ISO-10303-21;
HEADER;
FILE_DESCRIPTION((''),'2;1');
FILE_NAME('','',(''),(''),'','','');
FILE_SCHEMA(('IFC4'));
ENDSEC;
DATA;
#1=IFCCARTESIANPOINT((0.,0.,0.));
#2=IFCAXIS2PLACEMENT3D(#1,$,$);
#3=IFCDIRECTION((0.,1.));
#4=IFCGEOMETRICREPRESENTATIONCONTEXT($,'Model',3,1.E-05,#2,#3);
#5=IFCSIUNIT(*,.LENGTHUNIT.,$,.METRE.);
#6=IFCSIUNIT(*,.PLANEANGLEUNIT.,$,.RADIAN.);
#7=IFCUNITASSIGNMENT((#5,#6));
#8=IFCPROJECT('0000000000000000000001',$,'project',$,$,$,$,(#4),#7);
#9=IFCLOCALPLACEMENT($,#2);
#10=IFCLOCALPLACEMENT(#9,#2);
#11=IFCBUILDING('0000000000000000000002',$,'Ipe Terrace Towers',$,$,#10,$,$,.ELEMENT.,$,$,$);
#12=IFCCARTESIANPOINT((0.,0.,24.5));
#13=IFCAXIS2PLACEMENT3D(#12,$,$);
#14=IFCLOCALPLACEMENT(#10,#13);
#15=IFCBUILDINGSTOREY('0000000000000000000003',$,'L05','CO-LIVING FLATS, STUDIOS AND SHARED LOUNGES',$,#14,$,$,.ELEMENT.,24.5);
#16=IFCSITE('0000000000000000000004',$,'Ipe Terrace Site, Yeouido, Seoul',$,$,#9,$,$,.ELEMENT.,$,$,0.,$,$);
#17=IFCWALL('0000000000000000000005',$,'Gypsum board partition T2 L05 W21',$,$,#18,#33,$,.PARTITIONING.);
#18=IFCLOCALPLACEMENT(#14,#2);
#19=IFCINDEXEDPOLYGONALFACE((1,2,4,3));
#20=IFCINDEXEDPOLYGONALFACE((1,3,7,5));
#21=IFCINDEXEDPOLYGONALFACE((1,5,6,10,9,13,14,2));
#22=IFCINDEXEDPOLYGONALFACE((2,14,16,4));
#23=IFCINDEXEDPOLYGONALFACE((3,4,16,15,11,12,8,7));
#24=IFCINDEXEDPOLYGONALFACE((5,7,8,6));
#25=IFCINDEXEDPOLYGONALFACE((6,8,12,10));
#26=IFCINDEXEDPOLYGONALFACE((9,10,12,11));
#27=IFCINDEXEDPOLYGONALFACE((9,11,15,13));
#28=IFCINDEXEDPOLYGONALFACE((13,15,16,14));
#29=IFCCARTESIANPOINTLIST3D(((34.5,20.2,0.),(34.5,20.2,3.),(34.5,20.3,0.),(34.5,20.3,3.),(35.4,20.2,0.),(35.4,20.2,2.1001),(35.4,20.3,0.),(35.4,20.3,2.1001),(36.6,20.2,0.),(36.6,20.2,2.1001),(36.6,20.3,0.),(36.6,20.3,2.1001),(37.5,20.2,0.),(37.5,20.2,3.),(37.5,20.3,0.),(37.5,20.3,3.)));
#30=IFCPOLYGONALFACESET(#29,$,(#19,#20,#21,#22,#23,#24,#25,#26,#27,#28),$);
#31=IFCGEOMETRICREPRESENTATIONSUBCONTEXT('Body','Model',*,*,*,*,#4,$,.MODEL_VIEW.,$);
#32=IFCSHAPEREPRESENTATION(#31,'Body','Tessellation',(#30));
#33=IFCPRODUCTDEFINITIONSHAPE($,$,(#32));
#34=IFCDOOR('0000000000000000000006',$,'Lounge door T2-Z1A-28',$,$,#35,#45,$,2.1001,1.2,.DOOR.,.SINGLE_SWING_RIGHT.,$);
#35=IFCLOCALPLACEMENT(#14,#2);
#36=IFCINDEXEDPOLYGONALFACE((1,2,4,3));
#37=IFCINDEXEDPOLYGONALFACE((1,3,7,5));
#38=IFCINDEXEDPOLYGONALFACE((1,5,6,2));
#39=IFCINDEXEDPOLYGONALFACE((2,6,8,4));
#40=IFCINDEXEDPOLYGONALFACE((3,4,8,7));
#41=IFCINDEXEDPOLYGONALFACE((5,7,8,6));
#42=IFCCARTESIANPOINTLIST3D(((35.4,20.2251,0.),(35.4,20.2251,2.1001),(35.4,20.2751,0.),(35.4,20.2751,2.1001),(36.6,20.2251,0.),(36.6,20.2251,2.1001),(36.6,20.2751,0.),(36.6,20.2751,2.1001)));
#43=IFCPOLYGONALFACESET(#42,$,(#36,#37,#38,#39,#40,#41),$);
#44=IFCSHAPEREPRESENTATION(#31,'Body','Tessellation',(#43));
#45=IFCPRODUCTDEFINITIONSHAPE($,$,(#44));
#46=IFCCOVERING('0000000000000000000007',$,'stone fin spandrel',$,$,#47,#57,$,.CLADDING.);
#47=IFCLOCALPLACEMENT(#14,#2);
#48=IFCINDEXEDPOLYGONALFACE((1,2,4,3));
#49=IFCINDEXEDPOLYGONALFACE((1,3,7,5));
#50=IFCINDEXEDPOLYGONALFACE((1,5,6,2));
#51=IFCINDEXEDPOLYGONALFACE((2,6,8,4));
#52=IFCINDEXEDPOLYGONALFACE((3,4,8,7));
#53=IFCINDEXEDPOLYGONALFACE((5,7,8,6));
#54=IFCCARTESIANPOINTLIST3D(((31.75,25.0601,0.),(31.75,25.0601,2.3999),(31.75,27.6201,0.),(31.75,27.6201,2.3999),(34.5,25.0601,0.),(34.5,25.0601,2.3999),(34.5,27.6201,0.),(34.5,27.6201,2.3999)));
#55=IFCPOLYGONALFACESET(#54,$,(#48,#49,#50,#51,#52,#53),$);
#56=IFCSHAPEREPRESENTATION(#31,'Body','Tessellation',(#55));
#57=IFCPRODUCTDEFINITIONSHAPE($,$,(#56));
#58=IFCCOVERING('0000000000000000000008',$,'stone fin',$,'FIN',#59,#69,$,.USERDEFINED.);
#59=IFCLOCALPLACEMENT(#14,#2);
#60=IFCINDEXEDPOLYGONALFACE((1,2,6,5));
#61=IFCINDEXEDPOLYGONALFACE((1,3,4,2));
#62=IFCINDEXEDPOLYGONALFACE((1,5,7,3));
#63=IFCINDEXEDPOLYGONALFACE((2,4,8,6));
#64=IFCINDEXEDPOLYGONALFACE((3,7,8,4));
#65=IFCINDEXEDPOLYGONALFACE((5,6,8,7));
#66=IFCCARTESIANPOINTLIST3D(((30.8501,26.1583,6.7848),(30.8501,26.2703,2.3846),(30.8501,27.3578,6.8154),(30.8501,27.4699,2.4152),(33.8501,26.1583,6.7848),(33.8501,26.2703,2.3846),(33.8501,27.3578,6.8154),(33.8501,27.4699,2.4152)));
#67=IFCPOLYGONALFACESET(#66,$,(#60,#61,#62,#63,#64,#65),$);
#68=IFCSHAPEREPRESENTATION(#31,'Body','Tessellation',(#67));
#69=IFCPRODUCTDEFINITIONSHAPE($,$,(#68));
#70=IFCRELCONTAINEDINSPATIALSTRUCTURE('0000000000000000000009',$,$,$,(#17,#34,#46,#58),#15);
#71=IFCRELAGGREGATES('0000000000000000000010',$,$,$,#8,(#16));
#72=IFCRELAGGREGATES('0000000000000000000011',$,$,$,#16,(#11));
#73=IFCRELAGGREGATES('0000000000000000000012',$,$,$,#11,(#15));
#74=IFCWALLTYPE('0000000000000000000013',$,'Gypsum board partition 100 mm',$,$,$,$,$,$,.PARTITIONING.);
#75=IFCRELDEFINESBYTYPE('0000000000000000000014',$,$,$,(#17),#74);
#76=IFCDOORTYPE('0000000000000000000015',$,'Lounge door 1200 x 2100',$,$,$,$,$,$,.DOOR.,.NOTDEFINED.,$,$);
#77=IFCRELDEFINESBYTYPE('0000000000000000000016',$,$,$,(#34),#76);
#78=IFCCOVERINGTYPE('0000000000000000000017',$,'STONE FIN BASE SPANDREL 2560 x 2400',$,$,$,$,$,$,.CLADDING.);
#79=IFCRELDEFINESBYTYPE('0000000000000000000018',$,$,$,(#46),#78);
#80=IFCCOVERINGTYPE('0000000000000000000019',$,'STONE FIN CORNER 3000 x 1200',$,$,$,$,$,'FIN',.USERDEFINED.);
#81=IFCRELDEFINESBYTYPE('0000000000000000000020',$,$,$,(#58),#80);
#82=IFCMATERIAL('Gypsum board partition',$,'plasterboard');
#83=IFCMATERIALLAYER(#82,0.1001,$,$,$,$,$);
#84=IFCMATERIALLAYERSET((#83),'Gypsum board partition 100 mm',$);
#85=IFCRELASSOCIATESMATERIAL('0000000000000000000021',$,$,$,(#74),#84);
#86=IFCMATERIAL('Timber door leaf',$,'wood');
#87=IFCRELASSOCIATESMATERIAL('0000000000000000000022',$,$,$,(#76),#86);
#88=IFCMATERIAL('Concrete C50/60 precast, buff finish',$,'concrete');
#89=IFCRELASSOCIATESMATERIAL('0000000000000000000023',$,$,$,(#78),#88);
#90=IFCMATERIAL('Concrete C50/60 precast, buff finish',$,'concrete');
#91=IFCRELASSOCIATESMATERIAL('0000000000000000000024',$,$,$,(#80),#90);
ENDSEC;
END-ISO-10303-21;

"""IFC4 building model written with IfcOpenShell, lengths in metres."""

from ifc_helpers import new_model, si_unit, direction, frame, frame_2d, origin, origin_2d, place, context, subcontext, project, spatial, rectangle, extrude, material, layer, layer_set, material_profile, profile_set, type_object, element, fill, save


model = new_model("IFC4")

# Units and contexts
model_context = context("Model", 3, precision=1e-05, world=origin(), true_north=direction((0.0, 1.0)))
body_context = subcontext(model_context, "Body", "Model", "MODEL_VIEW")
ifc_project = project(units=[si_unit("LENGTHUNIT", "METRE"), si_unit("PLANEANGLEUNIT", "RADIAN")], contexts=[model_context])

# Site, building, storey
site_placement = place(None, origin())
site = spatial("IfcSite", under=ifc_project, at=site_placement, Name="Ipe Terrace Site, Yeouido, Seoul", CompositionType="ELEMENT", RefElevation=0.0)
building_placement = place(site_placement, origin())
building = spatial("IfcBuilding", under=site, at=building_placement, Name="Ipe Terrace Towers", CompositionType="ELEMENT")
storey_placement = place(building_placement, frame((0.0, 0.0, 24.5)))
storey = spatial("IfcBuildingStorey", under=building, at=storey_placement, Name="L05", Description="CO-LIVING FLATS, STUDIOS AND SHARED LOUNGES", CompositionType="ELEMENT", Elevation=24.5)

# Wall, opening, door
ifc_material_1 = material(Name="Gypsum board partition", Category="plasterboard")
ifc_layer_1 = layer(ifc_material_1, 0.1001)
ifc_layer_set_1 = layer_set([ifc_layer_1], Name="Gypsum board partition 100 mm")
wall_type_1 = type_object("IfcWallType", Name="Gypsum board partition 100 mm", PredefinedType="PARTITIONING", material=ifc_layer_set_1)
wall_1_placement = place(storey_placement, frame((37.5, 20.25, 0.0), z_axis=(0.0, 0.0, 1.0), x_axis=(-1.0, 0.0, 0.0)))
wall_1 = element("IfcWall", 1, at=wall_1_placement, inside=storey, type_object=wall_type_1, Name="Gypsum board partition T2 L05 W21", PredefinedType="PARTITIONING", context=body_context, shape_type="SweptSolid", body=[
    extrude(rectangle(XDim=3.0, YDim=0.1001, at=frame_2d((1.5, 0.0))), origin(), (0.0, 0.0, 1.0), 3.0),
])
opening_1_placement = place(wall_1_placement, frame((0.8999, 0.0, 0.0)))
opening_1 = element("IfcOpeningElement", 2, at=opening_1_placement, cuts=wall_1, PredefinedType="OPENING", context=body_context, shape_type="SweptSolid", body=[
    extrude(rectangle(XDim=1.2, YDim=2.1001, at=frame_2d((0.6001, 1.05))), frame((0.0, 0.0601, 0.0), z_axis=(0.0, -1.0, 0.0), x_axis=(1.0, 0.0, 0.0)), (0.0, 0.0, 1.0), 0.1201),
])
ifc_material_2 = material(Name="Timber door leaf", Category="wood")
door_type_1 = type_object("IfcDoorType", Name="Lounge door 1200 x 2100", OperationType="NOTDEFINED", PredefinedType="DOOR", material=ifc_material_2)
door_1_placement = place(opening_1_placement, origin())
door_1 = element("IfcDoor", 3, at=door_1_placement, inside=storey, type_object=door_type_1, Name="Lounge door T2-Z1A-28", OperationType="SINGLE_SWING_RIGHT", OverallHeight=2.1001, OverallWidth=1.2, PredefinedType="DOOR", context=body_context, shape_type="SweptSolid", body=[
    extrude(rectangle(XDim=1.2, YDim=2.1001, at=frame_2d((0.6001, 1.05))), frame((0.0, 0.0249, 0.0), z_axis=(0.0, -1.0, 0.0), x_axis=(1.0, 0.0, 0.0)), (0.0, 0.0, 1.0), 0.05),
])
fill(opening_1, door_1)

# Coverings
ifc_material_3 = material(Name="Concrete C50/60 precast, buff finish", Category="concrete")
ifc_material_profile_1 = material_profile(ifc_material_3, rectangle(XDim=2.5601, YDim=2.3999, at=origin_2d()), Name="STONE FIN BASE SPANDREL 2560 x 2400")
ifc_profile_set_1 = profile_set([ifc_material_profile_1], Name="Concrete C50/60 precast, buff finish")
covering_type_1 = type_object("IfcCoveringType", Name="STONE FIN BASE SPANDREL 2560 x 2400", PredefinedType="CLADDING", material=ifc_profile_set_1)
covering_1_placement = place(storey_placement, frame((34.5, 26.3401, 1.2), z_axis=(-1.0, 0.0, 0.0), x_axis=(0.0, 1.0, 0.0)))
element("IfcCovering", 4, at=covering_1_placement, inside=storey, type_object=covering_type_1, Name="stone fin spandrel", PredefinedType="CLADDING", context=body_context, shape_type="SweptSolid", body=[
    extrude(rectangle(XDim=2.5601, YDim=2.3999, at=origin_2d()), origin(), (0.0, 0.0, 1.0), 2.75),
])
ifc_material_4 = material(Name="Concrete C50/60 precast, buff finish", Category="concrete")
ifc_material_profile_2 = material_profile(ifc_material_4, rectangle(XDim=3.0, YDim=1.2, at=origin_2d()), Name="STONE FIN CORNER 3000 x 1200")
ifc_profile_set_2 = profile_set([ifc_material_profile_2], Name="Concrete C50/60 precast, buff finish")
covering_type_2 = type_object("IfcCoveringType", Name="STONE FIN CORNER 3000 x 1200", ElementType="FIN", PredefinedType="USERDEFINED", material=ifc_profile_set_2)
covering_2_placement = place(storey_placement, frame((32.3501, 26.8701, 2.3999), z_axis=(0.0, -0.025459, 0.999676), x_axis=(-1.0, 0.0, 0.0)))
element("IfcCovering", 5, at=covering_2_placement, inside=storey, type_object=covering_type_2, Name="stone fin", ObjectType="FIN", PredefinedType="USERDEFINED", context=body_context, shape_type="SweptSolid", body=[
    extrude(rectangle(XDim=3.0, YDim=1.2, at=origin_2d()), origin(), (0.0, 0.0, 1.0), 4.4016),
])

save(model, "model.ifc")
